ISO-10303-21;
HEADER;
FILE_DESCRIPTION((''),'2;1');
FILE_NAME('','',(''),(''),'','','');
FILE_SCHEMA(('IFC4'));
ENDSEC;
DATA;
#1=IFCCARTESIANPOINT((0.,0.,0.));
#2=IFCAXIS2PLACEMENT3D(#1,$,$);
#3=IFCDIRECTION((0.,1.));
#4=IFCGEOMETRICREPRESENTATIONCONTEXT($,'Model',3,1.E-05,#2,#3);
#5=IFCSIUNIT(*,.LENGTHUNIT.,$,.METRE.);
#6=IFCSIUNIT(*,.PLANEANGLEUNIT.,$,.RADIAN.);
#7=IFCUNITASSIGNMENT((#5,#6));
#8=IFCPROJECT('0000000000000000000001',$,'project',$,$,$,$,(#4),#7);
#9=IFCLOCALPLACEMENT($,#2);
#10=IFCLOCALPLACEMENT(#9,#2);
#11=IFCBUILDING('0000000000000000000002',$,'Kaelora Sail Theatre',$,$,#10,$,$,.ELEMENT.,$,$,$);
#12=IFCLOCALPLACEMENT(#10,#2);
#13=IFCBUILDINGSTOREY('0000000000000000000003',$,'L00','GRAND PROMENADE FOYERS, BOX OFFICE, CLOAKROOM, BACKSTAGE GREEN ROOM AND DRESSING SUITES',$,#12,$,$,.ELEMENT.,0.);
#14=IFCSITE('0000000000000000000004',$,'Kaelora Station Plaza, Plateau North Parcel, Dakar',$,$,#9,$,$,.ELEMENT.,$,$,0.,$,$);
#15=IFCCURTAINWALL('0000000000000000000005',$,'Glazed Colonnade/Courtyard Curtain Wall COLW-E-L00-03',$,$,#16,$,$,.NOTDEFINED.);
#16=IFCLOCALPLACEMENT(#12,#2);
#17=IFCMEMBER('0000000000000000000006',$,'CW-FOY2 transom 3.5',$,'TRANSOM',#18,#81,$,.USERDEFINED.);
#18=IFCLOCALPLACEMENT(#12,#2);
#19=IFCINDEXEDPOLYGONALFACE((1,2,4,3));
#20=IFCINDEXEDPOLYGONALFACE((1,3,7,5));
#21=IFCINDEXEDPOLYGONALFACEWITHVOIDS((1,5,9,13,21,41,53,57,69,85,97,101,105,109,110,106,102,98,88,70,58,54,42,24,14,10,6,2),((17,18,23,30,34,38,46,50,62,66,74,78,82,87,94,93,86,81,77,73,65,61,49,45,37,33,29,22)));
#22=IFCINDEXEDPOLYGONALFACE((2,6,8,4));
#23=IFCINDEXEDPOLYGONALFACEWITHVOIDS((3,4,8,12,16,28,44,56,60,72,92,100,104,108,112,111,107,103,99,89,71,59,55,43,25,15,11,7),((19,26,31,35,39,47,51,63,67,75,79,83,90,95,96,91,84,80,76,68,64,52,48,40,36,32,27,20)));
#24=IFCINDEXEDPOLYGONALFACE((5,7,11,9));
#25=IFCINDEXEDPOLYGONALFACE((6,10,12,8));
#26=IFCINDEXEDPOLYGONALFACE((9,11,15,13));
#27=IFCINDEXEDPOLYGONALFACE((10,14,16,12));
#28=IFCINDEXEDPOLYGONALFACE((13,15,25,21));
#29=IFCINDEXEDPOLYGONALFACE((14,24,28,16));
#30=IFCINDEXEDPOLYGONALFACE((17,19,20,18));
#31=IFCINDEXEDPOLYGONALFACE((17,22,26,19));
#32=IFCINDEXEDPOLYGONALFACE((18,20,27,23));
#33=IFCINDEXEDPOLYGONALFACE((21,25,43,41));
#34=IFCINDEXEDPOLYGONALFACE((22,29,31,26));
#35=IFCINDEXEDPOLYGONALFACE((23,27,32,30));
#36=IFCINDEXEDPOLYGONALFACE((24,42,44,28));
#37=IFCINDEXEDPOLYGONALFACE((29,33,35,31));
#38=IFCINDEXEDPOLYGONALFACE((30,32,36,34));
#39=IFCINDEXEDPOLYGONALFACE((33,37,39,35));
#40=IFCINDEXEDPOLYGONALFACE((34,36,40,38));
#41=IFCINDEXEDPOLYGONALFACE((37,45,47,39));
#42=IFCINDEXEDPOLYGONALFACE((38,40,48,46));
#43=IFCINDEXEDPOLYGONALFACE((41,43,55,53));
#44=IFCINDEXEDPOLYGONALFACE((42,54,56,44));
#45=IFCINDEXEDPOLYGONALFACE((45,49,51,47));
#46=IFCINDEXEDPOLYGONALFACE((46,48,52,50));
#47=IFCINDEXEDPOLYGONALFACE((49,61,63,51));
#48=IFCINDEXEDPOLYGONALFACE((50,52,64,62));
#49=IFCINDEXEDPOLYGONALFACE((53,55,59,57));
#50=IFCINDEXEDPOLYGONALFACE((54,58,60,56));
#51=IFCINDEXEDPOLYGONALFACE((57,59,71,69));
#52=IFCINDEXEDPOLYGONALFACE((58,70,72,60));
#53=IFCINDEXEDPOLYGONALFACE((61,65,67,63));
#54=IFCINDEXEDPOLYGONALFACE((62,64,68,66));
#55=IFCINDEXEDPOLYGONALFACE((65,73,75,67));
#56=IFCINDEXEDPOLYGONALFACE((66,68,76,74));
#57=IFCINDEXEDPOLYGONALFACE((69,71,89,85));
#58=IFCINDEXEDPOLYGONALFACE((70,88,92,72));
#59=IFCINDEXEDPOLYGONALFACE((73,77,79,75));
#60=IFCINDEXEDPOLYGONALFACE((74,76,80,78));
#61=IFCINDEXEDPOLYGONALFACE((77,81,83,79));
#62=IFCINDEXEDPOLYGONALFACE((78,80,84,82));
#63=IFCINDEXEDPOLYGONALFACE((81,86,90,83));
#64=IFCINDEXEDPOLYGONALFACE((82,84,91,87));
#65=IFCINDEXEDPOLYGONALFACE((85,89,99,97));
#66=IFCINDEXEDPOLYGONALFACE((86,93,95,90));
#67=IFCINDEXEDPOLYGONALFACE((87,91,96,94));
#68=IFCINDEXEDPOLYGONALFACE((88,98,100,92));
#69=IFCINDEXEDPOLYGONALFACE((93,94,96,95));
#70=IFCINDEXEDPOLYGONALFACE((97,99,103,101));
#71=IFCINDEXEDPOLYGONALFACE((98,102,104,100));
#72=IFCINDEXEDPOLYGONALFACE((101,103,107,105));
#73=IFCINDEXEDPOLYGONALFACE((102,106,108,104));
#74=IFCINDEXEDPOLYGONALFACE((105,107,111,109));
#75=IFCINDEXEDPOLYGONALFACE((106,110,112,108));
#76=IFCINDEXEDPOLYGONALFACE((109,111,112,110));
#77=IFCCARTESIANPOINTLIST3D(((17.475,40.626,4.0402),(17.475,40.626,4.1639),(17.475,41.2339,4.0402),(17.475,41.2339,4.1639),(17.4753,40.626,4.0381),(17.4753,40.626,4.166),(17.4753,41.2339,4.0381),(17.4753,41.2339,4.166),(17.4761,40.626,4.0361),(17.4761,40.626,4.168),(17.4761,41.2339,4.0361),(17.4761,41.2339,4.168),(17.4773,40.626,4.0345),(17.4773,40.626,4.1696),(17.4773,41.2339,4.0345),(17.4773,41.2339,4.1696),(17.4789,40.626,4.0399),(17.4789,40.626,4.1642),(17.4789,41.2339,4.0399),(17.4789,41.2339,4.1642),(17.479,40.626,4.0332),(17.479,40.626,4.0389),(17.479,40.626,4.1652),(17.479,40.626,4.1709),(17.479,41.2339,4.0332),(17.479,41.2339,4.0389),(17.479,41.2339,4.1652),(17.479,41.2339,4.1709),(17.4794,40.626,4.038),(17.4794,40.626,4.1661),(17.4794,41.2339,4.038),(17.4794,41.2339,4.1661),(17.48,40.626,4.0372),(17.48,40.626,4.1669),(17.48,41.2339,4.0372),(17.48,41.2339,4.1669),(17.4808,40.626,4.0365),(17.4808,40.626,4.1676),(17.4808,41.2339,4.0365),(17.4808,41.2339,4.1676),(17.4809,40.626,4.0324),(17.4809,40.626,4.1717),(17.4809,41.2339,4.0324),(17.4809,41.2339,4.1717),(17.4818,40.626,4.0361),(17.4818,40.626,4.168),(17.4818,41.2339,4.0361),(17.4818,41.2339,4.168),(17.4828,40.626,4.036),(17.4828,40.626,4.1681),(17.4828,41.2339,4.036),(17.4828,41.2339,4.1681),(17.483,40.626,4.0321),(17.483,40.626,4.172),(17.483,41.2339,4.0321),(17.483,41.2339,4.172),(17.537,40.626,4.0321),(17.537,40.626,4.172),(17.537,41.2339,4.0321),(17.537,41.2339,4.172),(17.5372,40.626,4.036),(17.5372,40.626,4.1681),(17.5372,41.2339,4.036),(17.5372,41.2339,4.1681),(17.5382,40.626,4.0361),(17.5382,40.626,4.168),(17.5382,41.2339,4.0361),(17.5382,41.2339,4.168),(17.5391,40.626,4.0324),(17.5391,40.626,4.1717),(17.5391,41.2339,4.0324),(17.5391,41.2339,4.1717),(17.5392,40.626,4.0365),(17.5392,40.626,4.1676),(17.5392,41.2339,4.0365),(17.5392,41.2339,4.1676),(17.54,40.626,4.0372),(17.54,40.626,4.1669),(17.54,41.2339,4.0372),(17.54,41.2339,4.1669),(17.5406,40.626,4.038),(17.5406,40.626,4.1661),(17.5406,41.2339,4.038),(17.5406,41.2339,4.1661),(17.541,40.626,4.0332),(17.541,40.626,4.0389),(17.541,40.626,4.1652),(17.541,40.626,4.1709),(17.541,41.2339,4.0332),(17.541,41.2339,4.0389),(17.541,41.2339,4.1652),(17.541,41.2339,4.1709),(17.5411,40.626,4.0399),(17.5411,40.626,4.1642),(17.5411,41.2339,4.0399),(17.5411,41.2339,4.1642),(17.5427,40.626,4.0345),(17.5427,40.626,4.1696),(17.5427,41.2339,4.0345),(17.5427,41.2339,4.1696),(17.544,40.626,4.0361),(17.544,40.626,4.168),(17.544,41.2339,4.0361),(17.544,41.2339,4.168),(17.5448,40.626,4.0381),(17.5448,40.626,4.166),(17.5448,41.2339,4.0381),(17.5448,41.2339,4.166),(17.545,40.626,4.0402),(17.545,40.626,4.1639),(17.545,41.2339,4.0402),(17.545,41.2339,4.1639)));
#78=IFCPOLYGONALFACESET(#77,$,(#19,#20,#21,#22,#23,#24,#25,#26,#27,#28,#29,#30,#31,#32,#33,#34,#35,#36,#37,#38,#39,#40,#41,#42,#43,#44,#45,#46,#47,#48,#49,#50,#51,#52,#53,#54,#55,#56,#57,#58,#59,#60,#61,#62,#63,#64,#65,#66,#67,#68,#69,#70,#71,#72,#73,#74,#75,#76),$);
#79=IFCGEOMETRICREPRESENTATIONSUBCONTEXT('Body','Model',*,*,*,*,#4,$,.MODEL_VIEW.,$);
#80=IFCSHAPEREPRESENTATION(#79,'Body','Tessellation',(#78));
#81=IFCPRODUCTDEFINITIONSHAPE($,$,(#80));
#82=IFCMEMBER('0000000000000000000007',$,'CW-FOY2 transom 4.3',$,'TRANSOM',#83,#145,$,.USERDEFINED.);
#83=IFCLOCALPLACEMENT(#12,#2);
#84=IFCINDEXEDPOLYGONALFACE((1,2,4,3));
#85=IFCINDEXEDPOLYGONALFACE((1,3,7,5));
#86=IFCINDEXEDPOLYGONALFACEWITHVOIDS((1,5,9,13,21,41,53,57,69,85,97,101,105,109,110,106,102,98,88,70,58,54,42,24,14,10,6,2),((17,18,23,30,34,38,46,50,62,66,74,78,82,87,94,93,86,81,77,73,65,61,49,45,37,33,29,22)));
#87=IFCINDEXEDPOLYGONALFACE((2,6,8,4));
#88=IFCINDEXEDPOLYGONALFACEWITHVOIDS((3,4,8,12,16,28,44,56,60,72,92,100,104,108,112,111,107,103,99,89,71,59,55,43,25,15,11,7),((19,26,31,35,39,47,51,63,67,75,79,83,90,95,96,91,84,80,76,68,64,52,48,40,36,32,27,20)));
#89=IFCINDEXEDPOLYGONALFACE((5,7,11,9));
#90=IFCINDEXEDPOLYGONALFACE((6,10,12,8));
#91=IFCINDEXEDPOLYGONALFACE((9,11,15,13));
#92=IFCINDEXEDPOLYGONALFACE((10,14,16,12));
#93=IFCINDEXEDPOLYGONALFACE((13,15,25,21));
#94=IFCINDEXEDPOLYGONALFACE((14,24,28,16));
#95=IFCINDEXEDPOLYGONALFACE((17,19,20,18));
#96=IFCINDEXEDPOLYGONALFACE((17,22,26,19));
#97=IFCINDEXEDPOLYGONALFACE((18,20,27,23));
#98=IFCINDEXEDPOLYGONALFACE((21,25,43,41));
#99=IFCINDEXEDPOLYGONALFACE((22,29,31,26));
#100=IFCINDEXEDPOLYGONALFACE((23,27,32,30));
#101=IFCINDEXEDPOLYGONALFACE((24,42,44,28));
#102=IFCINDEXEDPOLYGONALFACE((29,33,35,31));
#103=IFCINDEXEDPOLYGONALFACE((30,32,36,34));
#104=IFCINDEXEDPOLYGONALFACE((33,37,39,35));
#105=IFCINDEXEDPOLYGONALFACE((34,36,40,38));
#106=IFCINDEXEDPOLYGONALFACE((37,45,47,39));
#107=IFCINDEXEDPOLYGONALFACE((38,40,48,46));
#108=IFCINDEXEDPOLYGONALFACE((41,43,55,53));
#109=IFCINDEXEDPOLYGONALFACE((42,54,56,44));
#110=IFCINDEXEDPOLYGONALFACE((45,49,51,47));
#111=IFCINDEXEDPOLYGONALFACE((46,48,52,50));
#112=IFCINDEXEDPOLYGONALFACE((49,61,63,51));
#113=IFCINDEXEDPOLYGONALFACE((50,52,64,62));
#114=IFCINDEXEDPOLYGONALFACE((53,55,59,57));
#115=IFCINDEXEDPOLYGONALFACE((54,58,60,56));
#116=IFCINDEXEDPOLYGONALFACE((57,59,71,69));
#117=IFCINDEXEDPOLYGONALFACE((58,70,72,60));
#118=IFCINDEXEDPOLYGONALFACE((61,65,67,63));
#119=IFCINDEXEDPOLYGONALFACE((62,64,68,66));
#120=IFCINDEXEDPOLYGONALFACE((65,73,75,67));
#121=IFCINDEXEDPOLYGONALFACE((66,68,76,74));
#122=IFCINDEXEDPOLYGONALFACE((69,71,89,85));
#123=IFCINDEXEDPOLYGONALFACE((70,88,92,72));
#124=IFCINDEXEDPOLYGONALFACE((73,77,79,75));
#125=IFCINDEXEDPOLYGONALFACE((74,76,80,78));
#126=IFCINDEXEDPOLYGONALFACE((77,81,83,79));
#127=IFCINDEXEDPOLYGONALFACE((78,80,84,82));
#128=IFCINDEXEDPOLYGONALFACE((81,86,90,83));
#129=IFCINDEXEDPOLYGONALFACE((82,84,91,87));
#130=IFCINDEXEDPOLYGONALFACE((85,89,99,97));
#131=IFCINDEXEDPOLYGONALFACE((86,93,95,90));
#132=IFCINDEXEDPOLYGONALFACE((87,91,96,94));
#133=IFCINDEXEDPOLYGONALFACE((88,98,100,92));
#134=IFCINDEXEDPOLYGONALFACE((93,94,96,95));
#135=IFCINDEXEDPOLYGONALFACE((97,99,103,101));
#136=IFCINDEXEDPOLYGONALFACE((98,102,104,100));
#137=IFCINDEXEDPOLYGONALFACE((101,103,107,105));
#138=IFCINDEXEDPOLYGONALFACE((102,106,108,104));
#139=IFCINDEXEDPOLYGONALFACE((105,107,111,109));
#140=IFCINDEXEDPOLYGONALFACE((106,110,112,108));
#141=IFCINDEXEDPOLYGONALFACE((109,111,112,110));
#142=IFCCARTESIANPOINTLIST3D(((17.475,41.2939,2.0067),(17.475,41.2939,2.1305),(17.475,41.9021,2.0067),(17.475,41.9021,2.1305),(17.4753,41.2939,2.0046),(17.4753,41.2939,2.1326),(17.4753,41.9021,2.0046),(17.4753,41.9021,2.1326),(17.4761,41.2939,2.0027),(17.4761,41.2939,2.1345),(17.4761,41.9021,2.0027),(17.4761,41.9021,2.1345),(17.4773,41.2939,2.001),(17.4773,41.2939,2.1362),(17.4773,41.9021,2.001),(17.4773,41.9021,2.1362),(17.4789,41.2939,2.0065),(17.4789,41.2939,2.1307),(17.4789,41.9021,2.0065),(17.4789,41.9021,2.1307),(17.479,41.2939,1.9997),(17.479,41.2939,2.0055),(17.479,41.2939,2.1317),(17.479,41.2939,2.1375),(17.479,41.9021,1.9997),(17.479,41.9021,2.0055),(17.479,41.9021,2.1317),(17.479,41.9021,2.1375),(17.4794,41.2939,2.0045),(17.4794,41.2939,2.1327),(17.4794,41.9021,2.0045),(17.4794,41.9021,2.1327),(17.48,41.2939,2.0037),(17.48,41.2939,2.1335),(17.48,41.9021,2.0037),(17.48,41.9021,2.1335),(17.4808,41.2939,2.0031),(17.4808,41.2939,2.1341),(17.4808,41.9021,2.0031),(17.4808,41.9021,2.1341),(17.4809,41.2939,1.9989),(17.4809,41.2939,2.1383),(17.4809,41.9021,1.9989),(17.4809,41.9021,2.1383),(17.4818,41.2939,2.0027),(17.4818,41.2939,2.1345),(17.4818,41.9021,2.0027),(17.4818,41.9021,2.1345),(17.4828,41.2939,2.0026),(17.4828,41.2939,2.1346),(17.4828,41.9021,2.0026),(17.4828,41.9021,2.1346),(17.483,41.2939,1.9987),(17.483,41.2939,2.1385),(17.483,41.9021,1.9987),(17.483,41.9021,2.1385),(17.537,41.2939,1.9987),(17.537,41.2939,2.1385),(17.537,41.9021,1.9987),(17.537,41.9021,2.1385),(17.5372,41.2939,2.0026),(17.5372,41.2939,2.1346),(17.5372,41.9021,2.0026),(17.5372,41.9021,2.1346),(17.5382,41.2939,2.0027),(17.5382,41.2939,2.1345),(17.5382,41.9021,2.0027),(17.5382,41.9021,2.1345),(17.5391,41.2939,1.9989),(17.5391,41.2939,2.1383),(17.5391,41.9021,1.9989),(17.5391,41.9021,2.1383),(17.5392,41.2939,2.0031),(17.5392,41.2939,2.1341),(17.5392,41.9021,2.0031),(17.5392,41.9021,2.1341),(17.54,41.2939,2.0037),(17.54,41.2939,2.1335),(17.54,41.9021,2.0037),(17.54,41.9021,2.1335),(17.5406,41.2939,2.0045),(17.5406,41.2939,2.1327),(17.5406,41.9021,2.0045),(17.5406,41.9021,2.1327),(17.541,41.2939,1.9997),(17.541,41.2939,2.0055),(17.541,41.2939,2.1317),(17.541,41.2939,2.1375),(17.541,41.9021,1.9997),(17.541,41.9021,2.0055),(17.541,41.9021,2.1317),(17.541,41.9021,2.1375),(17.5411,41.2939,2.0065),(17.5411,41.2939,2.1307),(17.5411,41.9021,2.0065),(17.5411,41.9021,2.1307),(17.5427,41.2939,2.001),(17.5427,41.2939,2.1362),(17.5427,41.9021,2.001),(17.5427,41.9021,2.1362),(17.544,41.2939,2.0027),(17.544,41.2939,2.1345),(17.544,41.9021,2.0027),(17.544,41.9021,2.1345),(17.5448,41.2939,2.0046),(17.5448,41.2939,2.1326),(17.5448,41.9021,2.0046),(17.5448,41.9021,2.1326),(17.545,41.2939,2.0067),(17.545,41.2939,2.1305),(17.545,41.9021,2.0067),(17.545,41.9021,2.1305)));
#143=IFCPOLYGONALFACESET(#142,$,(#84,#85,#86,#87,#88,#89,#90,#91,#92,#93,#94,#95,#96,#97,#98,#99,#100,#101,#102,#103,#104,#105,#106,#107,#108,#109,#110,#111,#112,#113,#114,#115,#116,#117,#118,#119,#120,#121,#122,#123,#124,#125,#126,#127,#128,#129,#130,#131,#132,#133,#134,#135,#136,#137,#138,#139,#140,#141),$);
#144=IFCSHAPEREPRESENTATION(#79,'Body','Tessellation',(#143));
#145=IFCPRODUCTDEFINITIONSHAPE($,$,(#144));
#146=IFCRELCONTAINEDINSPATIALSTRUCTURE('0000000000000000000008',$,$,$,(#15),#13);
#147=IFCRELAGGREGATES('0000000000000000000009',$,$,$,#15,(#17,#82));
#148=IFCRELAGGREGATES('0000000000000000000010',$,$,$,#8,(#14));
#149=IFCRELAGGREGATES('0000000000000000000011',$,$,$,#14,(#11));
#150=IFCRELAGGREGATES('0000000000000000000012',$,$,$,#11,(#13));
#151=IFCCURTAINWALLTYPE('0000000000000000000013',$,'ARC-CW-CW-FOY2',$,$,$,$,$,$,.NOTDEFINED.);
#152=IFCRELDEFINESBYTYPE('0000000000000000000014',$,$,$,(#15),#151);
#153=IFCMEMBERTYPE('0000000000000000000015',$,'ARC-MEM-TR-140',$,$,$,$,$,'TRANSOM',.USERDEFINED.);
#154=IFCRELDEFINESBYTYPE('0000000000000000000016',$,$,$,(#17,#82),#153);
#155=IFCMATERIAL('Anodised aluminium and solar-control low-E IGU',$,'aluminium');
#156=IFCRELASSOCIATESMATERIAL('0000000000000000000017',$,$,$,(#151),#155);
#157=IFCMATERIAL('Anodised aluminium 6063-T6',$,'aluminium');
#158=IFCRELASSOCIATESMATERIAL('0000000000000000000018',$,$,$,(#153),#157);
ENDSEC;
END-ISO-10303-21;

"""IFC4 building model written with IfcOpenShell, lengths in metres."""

from ifc_helpers import new_model, si_unit, direction, frame, origin, origin_2d, place, context, subcontext, project, spatial, hollow_rectangle, extrude, material, material_profile, profile_set, type_object, element, aggregate, save


model = new_model("IFC4")

# Units and contexts
model_context = context("Model", 3, precision=1e-05, world=origin(), true_north=direction((0.0, 1.0)))
body_context = subcontext(model_context, "Body", "Model", "MODEL_VIEW")
ifc_project = project(units=[si_unit("LENGTHUNIT", "METRE"), si_unit("PLANEANGLEUNIT", "RADIAN")], contexts=[model_context])

# Site, building, storey
site_placement = place(None, origin())
site = spatial("IfcSite", under=ifc_project, at=site_placement, Name="Kaelora Station Plaza, Plateau North Parcel, Dakar", CompositionType="ELEMENT", RefElevation=0.0)
building_placement = place(site_placement, origin())
building = spatial("IfcBuilding", under=site, at=building_placement, Name="Kaelora Sail Theatre", CompositionType="ELEMENT")
storey_placement = place(building_placement, origin())
storey = spatial("IfcBuildingStorey", under=building, at=storey_placement, Name="L00", Description="GRAND PROMENADE FOYERS, BOX OFFICE, CLOAKROOM, BACKSTAGE GREEN ROOM AND DRESSING SUITES", CompositionType="ELEMENT", Elevation=0.0)

# Curtain wall, members
ifc_material_1 = material(Name="Anodised aluminium and solar-control low-E IGU", Category="aluminium")
curtain_wall_type = type_object("IfcCurtainWallType", Name="ARC-CW-CW-FOY2", PredefinedType="NOTDEFINED", material=ifc_material_1)
curtain_wall_1_placement = place(storey_placement, origin())
curtain_wall_1 = element("IfcCurtainWall", 1, at=curtain_wall_1_placement, inside=storey, type_object=curtain_wall_type, Name="Glazed Colonnade/Courtyard Curtain Wall COLW-E-L00-03", PredefinedType="NOTDEFINED")
ifc_material_2 = material(Name="Anodised aluminium 6063-T6", Category="aluminium")
ifc_material_profile = material_profile(ifc_material_2, hollow_rectangle(XDim=0.0701, YDim=0.1399, WallThickness=0.0039, InnerFilletRadius=0.0039, OuterFilletRadius=0.0081, at=origin_2d()), Name="ALU-TRAN 70x140x4")
ifc_profile_set = profile_set([ifc_material_profile], Name="Anodised aluminium 6063-T6")
member_type = type_object("IfcMemberType", Name="ARC-MEM-TR-140", ElementType="TRANSOM", PredefinedType="USERDEFINED", material=ifc_profile_set)
member_1_placement = place(storey_placement, frame((17.51, 40.626, 4.1021), z_axis=(0.0, 1.0, 0.0), x_axis=(-1.0, 0.0, 0.0)))
member_1 = element("IfcMember", 2, at=member_1_placement, type_object=member_type, Name="CW-FOY2 transom 3.5", ObjectType="TRANSOM", PredefinedType="USERDEFINED", context=body_context, shape_type="SweptSolid", body=[
    extrude(hollow_rectangle(XDim=0.0701, YDim=0.1399, WallThickness=0.0039, InnerFilletRadius=0.0039, OuterFilletRadius=0.0081, at=origin_2d()), origin(), (0.0, 0.0, 1.0), 0.6079),
])
member_2_placement = place(storey_placement, frame((17.51, 41.2939, 2.0686), z_axis=(0.0, 1.0, 0.0), x_axis=(-1.0, 0.0, 0.0)))
member_2 = element("IfcMember", 3, at=member_2_placement, type_object=member_type, Name="CW-FOY2 transom 4.3", ObjectType="TRANSOM", PredefinedType="USERDEFINED", context=body_context, shape_type="SweptSolid", body=[
    extrude(hollow_rectangle(XDim=0.0701, YDim=0.1399, WallThickness=0.0039, InnerFilletRadius=0.0039, OuterFilletRadius=0.0081, at=origin_2d()), origin(), (0.0, 0.0, 1.0), 0.6082),
])

aggregate(curtain_wall_1, [member_1, member_2])

save(model, "model.ifc")
